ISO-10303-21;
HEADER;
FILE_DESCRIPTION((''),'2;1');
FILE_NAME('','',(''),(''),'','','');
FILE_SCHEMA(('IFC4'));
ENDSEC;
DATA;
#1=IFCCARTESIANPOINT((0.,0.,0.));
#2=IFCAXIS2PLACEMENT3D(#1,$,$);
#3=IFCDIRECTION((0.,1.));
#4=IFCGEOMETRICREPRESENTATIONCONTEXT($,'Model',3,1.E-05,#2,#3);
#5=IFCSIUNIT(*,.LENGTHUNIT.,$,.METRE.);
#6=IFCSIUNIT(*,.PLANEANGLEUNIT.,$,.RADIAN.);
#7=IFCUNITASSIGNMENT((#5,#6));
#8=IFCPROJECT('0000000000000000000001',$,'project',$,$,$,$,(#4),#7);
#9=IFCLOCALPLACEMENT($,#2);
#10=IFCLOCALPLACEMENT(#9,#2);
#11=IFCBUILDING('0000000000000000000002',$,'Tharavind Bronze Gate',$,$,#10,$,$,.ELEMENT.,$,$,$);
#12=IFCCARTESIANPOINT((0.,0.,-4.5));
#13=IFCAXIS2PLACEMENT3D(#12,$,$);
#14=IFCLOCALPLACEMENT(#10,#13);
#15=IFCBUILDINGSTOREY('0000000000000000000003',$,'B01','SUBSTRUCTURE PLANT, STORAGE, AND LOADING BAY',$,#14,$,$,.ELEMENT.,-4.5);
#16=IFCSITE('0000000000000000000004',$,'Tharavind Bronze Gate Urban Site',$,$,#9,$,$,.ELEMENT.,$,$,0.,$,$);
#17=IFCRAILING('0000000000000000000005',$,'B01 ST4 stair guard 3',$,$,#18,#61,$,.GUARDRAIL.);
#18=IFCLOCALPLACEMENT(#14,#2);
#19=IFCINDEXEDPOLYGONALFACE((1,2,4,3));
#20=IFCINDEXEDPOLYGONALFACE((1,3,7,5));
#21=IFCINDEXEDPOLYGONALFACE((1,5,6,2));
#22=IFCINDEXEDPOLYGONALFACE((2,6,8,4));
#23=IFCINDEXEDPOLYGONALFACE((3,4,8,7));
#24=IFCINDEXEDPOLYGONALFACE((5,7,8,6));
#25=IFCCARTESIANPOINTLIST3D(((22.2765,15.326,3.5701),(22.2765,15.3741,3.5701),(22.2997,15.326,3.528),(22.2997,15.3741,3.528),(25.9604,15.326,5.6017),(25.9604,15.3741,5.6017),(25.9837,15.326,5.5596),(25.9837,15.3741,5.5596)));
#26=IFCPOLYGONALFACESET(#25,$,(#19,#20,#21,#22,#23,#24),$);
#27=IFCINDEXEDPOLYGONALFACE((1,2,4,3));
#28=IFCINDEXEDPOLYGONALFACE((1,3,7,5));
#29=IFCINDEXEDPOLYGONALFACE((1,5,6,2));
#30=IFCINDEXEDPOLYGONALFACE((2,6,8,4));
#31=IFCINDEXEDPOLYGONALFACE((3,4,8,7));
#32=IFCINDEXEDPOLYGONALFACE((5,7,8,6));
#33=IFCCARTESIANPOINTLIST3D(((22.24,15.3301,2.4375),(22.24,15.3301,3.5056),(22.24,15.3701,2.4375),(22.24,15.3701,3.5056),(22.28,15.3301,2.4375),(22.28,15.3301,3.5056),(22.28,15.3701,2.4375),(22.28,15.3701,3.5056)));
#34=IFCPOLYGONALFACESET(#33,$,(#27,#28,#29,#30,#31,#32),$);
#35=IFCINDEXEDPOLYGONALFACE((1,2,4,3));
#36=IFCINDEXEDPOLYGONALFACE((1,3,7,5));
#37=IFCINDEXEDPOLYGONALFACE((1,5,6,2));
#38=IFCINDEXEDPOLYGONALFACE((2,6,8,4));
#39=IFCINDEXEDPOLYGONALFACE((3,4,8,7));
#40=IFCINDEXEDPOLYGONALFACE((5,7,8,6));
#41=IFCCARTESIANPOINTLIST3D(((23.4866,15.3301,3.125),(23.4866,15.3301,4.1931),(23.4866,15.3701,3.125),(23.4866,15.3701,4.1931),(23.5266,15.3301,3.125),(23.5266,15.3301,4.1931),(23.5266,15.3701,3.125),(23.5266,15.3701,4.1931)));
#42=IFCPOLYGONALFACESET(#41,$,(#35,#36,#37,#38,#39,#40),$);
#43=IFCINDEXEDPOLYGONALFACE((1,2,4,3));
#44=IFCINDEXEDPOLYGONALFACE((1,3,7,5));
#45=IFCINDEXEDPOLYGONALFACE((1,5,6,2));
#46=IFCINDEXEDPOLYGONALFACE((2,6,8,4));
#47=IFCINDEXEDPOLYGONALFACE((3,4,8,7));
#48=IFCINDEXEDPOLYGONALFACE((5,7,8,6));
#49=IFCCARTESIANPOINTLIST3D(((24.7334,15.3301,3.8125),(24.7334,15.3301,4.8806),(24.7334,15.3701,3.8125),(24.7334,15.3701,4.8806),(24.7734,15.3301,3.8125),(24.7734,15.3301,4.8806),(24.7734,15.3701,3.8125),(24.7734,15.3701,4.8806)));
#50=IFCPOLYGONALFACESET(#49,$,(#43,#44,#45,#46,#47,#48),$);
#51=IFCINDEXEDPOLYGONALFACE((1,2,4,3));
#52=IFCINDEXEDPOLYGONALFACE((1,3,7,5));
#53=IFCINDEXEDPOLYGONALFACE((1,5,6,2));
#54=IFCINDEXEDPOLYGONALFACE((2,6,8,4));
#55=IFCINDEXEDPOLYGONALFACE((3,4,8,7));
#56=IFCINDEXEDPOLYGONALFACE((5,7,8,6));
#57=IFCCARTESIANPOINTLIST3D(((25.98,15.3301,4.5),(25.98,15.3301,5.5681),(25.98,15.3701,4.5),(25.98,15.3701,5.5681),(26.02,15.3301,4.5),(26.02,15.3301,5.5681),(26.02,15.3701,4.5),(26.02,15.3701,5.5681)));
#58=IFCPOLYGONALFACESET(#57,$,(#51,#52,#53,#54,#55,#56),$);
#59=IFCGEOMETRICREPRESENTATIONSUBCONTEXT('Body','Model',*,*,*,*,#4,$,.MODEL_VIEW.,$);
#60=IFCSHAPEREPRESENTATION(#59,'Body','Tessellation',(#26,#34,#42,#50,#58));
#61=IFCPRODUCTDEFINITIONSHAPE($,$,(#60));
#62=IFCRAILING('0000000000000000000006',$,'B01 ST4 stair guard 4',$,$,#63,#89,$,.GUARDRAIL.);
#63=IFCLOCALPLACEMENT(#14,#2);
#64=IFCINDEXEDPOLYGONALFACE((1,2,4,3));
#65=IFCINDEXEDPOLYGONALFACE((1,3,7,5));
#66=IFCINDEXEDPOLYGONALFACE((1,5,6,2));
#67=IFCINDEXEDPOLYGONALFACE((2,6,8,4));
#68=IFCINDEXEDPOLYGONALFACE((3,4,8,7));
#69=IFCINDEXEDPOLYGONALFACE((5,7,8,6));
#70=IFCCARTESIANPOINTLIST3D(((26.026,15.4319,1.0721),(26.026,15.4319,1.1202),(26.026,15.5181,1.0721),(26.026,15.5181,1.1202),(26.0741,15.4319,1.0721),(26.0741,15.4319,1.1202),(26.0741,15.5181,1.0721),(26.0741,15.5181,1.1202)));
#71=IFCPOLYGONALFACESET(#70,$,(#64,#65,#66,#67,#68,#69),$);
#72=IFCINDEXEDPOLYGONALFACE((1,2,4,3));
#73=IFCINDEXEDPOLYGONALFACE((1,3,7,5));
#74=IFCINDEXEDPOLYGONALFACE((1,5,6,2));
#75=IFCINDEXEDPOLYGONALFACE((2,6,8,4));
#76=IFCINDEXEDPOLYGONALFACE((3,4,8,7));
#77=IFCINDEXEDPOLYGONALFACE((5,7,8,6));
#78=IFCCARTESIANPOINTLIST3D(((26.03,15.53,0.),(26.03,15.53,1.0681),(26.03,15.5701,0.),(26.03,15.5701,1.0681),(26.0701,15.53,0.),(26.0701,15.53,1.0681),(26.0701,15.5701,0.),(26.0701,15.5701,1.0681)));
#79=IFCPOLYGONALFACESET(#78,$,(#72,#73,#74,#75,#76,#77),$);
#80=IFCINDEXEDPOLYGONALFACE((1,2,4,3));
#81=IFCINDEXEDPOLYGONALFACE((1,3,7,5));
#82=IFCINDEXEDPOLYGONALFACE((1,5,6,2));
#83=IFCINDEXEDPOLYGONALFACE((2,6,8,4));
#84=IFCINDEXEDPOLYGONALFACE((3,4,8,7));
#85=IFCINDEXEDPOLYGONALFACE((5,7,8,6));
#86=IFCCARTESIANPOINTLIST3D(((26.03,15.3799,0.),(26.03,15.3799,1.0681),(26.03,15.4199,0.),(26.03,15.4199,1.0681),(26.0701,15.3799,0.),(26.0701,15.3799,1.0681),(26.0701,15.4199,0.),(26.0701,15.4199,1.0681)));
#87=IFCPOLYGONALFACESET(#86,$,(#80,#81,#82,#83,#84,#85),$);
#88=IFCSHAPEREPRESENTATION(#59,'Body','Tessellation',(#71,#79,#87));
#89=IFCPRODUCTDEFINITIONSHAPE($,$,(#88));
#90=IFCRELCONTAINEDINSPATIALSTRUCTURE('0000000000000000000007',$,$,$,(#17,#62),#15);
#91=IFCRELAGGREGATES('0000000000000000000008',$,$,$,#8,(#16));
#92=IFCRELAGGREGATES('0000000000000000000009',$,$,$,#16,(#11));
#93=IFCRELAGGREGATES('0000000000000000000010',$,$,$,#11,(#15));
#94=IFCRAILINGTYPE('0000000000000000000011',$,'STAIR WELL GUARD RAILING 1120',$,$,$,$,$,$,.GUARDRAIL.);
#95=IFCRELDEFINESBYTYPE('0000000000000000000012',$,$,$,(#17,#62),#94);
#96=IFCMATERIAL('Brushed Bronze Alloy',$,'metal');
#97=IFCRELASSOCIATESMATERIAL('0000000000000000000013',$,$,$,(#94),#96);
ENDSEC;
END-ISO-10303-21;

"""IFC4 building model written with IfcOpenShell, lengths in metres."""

from ifc_helpers import new_model, si_unit, direction, frame, origin, origin_2d, place, context, subcontext, project, spatial, rectangle, extrude, material, type_object, element, save


model = new_model("IFC4")

# Units and contexts
model_context = context("Model", 3, precision=1e-05, world=origin(), true_north=direction((0.0, 1.0)))
body_context = subcontext(model_context, "Body", "Model", "MODEL_VIEW")
ifc_project = project(units=[si_unit("LENGTHUNIT", "METRE"), si_unit("PLANEANGLEUNIT", "RADIAN")], contexts=[model_context])

# Site, building, storey
site_placement = place(None, origin())
site = spatial("IfcSite", under=ifc_project, at=site_placement, Name="Tharavind Bronze Gate Urban Site", CompositionType="ELEMENT", RefElevation=0.0)
building_placement = place(site_placement, origin())
building = spatial("IfcBuilding", under=site, at=building_placement, Name="Tharavind Bronze Gate", CompositionType="ELEMENT")
storey_placement = place(building_placement, frame((0.0, 0.0, -4.5)))
storey = spatial("IfcBuildingStorey", under=building, at=storey_placement, Name="B01", Description="SUBSTRUCTURE PLANT, STORAGE, AND LOADING BAY", CompositionType="ELEMENT", Elevation=-4.5)

# Railings
ifc_material_1 = material(Name="Brushed Bronze Alloy", Category="metal")
railing_type_1 = type_object("IfcRailingType", Name="STAIR WELL GUARD RAILING 1120", PredefinedType="GUARDRAIL", material=ifc_material_1)
railing_1_placement = place(storey_placement, frame((22.26, 15.3501, 2.4375)))
element("IfcRailing", 1, at=railing_1_placement, inside=storey, type_object=railing_type_1, Name="B01 ST4 stair guard 3", PredefinedType="GUARDRAIL", context=body_context, shape_type="SweptSolid", body=[
    extrude(rectangle(XDim=0.0481, YDim=0.0481, at=origin_2d()), frame((0.0281, 0.0, 1.1116), z_axis=(0.875671, 0.0, 0.482908), x_axis=(0.0, 1.0, 0.0)), (0.0, 0.0, 1.0), 4.207),
    extrude(rectangle(XDim=0.04, YDim=0.04, at=origin_2d()), origin(), (0.0, 0.0, 1.0), 1.0681),
    extrude(rectangle(XDim=0.04, YDim=0.04, at=origin_2d()), frame((1.2466, 0.0, 0.6875)), (0.0, 0.0, 1.0), 1.0681),
    extrude(rectangle(XDim=0.04, YDim=0.04, at=origin_2d()), frame((2.4934, 0.0, 1.375)), (0.0, 0.0, 1.0), 1.0681),
    extrude(rectangle(XDim=0.04, YDim=0.04, at=origin_2d()), frame((3.74, 0.0, 2.0625)), (0.0, 0.0, 1.0), 1.0681),
])
railing_2_placement = place(storey_placement, frame((26.05, 15.55, 0.0)))
element("IfcRailing", 2, at=railing_2_placement, inside=storey, type_object=railing_type_1, Name="B01 ST4 stair guard 4", PredefinedType="GUARDRAIL", context=body_context, shape_type="SweptSolid", body=[
    extrude(rectangle(XDim=0.0481, YDim=0.0481, at=origin_2d()), frame((0.0, -0.032, 1.0962), z_axis=(0.0, -1.0, 0.0), x_axis=(1.0, 0.0, 0.0)), (0.0, 0.0, 1.0), 0.0862),
    extrude(rectangle(XDim=0.04, YDim=0.04, at=origin_2d()), origin(), (0.0, 0.0, 1.0), 1.0681),
    extrude(rectangle(XDim=0.04, YDim=0.04, at=origin_2d()), frame((0.0, -0.1501, 0.0)), (0.0, 0.0, 1.0), 1.0681),
])

save(model, "model.ifc")
